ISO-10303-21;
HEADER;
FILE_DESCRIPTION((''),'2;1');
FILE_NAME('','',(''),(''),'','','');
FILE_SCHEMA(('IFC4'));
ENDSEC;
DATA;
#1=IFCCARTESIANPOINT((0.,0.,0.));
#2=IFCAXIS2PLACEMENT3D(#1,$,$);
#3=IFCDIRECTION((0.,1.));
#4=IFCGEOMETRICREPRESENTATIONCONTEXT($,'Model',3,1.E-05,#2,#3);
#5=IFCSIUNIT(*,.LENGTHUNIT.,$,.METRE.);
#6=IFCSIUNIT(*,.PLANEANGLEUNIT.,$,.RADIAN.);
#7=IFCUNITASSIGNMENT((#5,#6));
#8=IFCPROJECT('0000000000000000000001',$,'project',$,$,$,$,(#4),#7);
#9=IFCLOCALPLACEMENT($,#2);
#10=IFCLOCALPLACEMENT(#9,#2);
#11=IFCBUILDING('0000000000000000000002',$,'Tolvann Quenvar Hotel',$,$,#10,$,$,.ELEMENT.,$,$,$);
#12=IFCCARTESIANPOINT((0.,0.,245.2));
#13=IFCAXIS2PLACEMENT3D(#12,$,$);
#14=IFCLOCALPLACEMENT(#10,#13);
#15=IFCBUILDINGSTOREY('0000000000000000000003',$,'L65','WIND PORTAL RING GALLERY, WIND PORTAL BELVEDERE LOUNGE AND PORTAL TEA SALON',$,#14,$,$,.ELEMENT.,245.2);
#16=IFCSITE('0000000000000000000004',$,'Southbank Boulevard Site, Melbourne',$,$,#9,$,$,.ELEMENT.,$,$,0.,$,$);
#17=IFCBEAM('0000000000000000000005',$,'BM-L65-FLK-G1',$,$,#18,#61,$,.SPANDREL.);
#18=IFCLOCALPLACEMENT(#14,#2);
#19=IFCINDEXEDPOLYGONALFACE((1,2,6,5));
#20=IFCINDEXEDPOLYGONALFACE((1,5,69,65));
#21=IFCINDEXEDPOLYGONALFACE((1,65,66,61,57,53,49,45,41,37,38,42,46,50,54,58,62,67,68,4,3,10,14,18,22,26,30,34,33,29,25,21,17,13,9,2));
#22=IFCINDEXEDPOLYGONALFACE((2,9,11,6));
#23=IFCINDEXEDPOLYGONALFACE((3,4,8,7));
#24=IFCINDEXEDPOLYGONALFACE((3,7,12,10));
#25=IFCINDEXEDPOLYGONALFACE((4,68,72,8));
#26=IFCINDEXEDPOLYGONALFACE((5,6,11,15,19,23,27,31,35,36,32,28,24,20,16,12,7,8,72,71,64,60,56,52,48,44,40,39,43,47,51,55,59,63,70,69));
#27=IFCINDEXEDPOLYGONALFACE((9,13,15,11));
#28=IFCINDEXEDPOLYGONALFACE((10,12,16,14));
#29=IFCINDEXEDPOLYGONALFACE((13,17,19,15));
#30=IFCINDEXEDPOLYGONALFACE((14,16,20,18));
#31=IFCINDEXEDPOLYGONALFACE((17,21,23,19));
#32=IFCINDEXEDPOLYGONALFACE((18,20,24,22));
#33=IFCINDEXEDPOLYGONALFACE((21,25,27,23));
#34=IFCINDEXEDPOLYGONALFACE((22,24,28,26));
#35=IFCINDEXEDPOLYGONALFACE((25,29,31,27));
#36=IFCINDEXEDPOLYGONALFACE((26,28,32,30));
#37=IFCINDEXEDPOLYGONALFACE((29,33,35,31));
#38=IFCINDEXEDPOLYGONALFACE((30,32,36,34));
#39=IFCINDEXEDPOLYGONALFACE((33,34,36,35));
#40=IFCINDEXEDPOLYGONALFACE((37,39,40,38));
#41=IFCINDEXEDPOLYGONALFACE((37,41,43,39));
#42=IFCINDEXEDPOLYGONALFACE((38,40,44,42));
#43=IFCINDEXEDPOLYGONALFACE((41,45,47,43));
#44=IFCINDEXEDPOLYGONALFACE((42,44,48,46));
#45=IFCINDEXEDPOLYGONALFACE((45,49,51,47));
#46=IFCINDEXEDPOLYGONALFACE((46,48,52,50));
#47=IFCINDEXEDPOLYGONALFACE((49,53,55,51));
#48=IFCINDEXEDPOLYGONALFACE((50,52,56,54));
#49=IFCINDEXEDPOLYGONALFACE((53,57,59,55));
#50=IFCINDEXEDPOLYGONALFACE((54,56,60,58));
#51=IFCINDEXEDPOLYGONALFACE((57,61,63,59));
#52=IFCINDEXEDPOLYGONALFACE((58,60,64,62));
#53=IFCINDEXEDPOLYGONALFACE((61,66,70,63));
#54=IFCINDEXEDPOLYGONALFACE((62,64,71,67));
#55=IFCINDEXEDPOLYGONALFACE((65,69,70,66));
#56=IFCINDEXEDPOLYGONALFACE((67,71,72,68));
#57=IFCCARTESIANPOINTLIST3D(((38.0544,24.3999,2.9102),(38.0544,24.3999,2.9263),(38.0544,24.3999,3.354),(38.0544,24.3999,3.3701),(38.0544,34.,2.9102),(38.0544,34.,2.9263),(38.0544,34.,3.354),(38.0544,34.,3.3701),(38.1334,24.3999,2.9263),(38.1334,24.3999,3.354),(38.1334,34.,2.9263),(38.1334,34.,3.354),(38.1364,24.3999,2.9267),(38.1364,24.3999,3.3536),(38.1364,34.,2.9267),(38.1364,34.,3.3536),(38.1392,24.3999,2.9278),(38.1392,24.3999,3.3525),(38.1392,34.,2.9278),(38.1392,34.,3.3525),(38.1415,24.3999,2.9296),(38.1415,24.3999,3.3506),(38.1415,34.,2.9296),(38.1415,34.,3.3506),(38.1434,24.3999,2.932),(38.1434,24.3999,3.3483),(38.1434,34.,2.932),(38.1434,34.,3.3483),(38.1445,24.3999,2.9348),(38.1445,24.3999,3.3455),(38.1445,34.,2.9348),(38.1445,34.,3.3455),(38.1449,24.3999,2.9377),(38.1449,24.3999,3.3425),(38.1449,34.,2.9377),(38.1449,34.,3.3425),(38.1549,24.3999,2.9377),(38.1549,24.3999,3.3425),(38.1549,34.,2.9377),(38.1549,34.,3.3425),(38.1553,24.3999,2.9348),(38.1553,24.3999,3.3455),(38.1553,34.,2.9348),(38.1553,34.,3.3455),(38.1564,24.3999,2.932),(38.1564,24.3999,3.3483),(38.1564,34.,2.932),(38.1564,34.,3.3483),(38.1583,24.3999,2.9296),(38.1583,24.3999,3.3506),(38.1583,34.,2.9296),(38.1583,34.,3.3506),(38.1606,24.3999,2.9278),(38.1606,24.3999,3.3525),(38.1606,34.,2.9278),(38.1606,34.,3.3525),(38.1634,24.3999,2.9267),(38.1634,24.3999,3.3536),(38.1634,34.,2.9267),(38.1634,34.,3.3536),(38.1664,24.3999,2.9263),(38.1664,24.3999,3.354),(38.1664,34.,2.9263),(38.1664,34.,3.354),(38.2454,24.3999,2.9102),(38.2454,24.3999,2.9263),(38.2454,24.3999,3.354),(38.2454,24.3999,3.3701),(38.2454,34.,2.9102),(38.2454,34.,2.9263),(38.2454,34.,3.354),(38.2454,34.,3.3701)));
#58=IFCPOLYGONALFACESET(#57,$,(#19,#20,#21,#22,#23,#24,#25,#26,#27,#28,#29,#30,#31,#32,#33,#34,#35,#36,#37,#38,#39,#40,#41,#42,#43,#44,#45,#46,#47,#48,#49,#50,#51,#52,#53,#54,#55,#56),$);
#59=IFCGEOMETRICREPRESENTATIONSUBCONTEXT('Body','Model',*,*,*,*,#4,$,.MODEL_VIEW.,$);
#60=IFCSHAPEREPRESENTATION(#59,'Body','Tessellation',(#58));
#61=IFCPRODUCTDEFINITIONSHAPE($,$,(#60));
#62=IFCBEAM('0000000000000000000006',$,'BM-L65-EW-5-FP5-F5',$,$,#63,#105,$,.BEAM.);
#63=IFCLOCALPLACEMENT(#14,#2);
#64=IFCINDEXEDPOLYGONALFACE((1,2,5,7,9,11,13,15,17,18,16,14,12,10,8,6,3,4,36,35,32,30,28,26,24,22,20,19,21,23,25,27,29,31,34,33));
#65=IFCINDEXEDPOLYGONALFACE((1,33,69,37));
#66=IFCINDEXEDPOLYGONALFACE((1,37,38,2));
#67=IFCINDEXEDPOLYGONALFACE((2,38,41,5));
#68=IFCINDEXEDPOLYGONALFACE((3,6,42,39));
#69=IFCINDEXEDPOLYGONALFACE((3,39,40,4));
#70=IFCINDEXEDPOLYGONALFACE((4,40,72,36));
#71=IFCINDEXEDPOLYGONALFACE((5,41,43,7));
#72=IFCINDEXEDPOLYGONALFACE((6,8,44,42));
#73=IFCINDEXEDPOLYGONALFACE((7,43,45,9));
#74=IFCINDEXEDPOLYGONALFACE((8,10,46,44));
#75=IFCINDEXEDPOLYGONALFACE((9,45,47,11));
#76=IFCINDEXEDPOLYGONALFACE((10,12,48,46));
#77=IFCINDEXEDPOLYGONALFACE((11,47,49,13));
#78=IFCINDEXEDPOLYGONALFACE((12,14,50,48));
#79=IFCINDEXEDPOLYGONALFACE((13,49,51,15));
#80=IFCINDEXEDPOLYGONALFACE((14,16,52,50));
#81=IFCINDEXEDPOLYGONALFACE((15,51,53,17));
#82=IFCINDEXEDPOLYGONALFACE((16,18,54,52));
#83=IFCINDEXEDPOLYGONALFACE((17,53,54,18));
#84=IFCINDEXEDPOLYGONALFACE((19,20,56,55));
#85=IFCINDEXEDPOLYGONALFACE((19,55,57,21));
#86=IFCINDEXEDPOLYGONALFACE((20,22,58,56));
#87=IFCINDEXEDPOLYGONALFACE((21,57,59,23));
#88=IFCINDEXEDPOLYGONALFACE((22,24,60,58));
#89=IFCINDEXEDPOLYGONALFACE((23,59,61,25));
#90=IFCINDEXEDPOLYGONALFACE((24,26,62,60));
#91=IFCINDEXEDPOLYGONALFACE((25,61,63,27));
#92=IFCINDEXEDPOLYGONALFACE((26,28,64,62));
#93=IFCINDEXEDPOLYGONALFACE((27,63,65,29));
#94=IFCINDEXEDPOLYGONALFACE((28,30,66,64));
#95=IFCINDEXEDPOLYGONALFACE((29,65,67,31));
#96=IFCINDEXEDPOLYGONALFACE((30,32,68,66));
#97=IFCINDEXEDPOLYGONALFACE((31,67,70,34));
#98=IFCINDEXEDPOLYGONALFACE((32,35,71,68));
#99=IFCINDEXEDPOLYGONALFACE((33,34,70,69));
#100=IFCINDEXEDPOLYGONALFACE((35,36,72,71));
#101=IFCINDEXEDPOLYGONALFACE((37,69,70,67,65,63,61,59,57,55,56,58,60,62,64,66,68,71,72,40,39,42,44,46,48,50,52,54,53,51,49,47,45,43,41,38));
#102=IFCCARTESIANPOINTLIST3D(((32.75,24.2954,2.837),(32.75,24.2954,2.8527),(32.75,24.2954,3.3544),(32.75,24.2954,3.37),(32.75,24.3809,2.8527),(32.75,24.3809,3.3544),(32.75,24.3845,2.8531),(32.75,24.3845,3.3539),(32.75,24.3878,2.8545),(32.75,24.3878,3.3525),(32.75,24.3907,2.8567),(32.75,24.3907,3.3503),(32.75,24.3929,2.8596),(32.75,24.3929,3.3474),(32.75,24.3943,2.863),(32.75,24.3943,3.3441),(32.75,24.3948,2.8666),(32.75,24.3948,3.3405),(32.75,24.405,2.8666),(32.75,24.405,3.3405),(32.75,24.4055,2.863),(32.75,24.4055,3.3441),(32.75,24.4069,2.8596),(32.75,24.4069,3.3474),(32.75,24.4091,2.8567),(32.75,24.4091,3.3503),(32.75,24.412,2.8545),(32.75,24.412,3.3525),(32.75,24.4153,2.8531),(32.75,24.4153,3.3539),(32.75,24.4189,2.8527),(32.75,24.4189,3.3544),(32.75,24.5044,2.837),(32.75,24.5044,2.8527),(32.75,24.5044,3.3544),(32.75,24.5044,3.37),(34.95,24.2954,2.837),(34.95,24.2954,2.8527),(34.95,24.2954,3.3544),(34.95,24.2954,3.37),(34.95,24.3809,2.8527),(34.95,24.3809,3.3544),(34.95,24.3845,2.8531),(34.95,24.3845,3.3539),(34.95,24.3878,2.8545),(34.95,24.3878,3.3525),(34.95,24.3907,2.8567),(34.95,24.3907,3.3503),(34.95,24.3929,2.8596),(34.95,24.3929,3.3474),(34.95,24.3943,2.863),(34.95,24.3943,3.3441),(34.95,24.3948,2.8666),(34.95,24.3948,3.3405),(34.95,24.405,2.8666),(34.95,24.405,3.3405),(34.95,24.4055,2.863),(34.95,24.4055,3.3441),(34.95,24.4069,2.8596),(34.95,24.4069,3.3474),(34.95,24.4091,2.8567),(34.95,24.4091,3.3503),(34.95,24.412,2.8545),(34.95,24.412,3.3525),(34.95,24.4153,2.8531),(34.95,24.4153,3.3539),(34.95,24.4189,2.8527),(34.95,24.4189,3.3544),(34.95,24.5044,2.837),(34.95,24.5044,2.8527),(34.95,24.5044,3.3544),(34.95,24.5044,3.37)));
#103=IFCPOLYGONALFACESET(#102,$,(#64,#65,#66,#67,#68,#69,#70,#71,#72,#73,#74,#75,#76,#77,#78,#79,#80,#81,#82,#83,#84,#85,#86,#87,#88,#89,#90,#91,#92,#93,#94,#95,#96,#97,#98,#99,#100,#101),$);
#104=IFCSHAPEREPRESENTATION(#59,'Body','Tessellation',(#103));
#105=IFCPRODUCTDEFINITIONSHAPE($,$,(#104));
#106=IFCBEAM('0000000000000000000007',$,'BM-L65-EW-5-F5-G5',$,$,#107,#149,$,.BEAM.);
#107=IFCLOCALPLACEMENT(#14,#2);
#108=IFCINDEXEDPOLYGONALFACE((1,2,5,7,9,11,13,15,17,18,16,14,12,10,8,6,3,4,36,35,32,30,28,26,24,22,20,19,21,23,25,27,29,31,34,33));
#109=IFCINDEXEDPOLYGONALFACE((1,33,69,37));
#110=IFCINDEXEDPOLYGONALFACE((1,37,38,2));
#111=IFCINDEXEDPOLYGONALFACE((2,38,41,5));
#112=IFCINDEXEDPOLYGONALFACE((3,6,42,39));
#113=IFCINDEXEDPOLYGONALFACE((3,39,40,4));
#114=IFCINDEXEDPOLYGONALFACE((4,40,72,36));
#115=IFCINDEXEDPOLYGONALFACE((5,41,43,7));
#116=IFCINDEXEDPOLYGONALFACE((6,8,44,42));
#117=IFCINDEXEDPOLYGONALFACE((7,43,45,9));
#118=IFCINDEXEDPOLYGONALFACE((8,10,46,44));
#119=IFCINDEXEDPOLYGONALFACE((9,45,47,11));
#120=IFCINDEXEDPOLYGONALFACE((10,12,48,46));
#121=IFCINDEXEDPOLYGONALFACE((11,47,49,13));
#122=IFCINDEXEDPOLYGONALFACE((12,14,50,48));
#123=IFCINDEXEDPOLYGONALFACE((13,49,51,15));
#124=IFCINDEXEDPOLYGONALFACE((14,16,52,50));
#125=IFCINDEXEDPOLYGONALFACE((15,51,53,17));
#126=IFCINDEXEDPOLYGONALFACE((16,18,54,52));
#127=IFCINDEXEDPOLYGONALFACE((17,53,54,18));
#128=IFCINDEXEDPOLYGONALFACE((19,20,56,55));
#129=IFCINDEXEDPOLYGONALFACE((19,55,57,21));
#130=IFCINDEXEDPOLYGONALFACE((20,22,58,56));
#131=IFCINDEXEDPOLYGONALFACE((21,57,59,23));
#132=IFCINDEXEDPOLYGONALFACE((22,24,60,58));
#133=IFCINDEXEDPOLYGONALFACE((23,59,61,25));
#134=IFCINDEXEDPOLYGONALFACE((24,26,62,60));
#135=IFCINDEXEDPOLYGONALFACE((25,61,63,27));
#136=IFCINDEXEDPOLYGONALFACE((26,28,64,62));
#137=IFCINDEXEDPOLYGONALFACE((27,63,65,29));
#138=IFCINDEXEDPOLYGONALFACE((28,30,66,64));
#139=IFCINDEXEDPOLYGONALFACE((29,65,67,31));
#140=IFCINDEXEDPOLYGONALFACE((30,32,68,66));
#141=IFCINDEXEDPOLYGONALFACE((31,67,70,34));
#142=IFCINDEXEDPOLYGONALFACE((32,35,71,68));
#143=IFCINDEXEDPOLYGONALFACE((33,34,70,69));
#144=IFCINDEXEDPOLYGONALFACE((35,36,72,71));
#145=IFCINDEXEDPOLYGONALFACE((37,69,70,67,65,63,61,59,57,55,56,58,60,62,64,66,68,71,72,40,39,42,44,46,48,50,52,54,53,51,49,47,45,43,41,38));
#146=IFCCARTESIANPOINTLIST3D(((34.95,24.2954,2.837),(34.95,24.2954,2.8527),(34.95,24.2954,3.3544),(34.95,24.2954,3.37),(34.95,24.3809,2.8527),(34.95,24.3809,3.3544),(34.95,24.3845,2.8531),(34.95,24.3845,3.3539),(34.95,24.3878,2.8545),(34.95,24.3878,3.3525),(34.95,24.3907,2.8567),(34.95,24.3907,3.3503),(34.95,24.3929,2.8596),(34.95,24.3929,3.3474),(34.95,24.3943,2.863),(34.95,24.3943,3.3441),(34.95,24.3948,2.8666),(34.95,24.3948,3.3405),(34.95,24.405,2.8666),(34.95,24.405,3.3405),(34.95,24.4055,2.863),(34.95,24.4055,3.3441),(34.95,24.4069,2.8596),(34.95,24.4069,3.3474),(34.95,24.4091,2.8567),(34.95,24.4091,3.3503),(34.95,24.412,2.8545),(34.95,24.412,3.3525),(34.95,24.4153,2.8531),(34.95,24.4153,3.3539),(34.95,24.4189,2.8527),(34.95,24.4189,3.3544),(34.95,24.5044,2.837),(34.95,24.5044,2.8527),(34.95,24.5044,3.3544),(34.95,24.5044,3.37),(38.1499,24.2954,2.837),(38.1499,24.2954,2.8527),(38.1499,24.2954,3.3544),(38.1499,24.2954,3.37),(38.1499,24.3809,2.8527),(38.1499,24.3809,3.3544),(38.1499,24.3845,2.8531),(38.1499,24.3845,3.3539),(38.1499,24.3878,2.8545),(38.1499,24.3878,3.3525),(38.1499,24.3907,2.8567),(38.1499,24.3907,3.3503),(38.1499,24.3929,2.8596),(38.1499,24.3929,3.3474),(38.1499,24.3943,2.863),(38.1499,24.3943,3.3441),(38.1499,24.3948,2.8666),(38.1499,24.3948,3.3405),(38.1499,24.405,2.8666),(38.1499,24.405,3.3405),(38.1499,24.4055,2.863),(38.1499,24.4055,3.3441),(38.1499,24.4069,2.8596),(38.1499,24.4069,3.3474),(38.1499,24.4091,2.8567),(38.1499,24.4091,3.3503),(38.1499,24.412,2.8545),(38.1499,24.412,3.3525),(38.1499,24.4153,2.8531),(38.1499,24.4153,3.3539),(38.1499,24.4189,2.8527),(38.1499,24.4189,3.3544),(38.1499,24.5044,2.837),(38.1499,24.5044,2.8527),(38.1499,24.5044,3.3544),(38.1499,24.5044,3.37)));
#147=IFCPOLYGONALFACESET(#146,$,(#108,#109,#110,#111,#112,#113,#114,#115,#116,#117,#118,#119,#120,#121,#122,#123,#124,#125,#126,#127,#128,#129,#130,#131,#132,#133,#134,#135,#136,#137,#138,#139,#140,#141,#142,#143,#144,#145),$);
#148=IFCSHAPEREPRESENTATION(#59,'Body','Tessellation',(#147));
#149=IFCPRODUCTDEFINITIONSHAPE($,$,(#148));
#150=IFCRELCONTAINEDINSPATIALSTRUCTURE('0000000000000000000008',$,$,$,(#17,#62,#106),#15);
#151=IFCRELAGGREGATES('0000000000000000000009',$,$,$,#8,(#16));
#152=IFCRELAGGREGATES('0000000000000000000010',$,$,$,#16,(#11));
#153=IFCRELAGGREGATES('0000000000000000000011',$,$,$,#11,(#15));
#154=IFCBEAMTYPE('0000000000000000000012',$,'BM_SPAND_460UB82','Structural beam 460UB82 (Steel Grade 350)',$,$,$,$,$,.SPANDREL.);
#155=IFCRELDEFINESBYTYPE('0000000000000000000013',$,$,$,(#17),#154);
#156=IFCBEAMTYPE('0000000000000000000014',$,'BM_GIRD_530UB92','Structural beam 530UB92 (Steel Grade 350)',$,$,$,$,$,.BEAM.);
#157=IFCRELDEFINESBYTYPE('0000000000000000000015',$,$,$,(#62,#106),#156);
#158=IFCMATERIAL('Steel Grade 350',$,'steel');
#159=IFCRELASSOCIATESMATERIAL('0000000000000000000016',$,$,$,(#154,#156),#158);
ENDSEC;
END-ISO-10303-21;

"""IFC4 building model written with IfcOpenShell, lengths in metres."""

from ifc_helpers import new_model, si_unit, direction, frame, origin, origin_2d, place, context, subcontext, project, spatial, i_section, extrude, source, transform, mapped, material, material_profile, profile_set, type_object, type_shapes, element, save


model = new_model("IFC4")

# Units and contexts
model_context = context("Model", 3, precision=1e-05, world=origin(), true_north=direction((0.0, 1.0)))
body_context = subcontext(model_context, "Body", "Model", "MODEL_VIEW")
ifc_project = project(units=[si_unit("LENGTHUNIT", "METRE"), si_unit("PLANEANGLEUNIT", "RADIAN")], contexts=[model_context])

# Site, building, storey
site_placement = place(None, origin())
site = spatial("IfcSite", under=ifc_project, at=site_placement, Name="Southbank Boulevard Site, Melbourne", CompositionType="ELEMENT", RefElevation=0.0)
building_placement = place(site_placement, origin())
building = spatial("IfcBuilding", under=site, at=building_placement, Name="Tolvann Quenvar Hotel", CompositionType="ELEMENT")
storey_placement = place(building_placement, frame((0.0, 0.0, 245.2)))
storey = spatial("IfcBuildingStorey", under=building, at=storey_placement, Name="L65", Description="WIND PORTAL RING GALLERY, WIND PORTAL BELVEDERE LOUNGE AND PORTAL TEA SALON", CompositionType="ELEMENT", Elevation=245.2)

# Shared definitions
ifc_material_1 = material(Name="Steel Grade 350", Category="steel")

# Beams
ifc_material_profile_1 = material_profile(ifc_material_1, i_section(OverallWidth=0.1909, OverallDepth=0.46, WebThickness=0.01, FlangeThickness=0.0161, FilletRadius=0.0115, at=origin_2d()), Name="460UB82")
ifc_profile_set_1 = profile_set([ifc_material_profile_1], Name="Steel Grade 350")
beam_type_1 = type_object("IfcBeamType", Name="BM_SPAND_460UB82", Description="Structural beam 460UB82 (Steel Grade 350)", PredefinedType="SPANDREL", material=ifc_profile_set_1)
shared_shape_1 = source(origin(), body_context, "Body", "SweptSolid", [
    extrude(i_section(OverallWidth=0.1909, OverallDepth=0.46, WebThickness=0.01, FlangeThickness=0.0161, FilletRadius=0.0115, at=origin_2d()), origin(), (0.0, 0.0, 1.0), 9.6001),
])
type_shapes(beam_type_1, [shared_shape_1])
beam_1_placement = place(storey_placement, frame((38.1499, 24.3999, 3.1401), z_axis=(0.0, 1.0, 0.0), x_axis=(-1.0, 0.0, 0.0)))
element("IfcBeam", 1, at=beam_1_placement, inside=storey, type_object=beam_type_1, Name="BM-L65-FLK-G1", PredefinedType="SPANDREL", context=body_context, shape_type="MappedRepresentation", body=[
    mapped(shared_shape_1, transform((0.0, 0.0, 0.0), x_axis=(1.0, 0.0, 0.0), y_axis=(0.0, 1.0, 0.0), z_axis=(0.0, 0.0, 1.0), scale=1.0)),
])
ifc_material_profile_2 = material_profile(ifc_material_1, i_section(OverallWidth=0.209, OverallDepth=0.533, WebThickness=0.0103, FlangeThickness=0.0156, FilletRadius=0.0139, at=origin_2d()), Name="530UB92")
ifc_profile_set_2 = profile_set([ifc_material_profile_2], Name="Steel Grade 350")
beam_type_2 = type_object("IfcBeamType", Name="BM_GIRD_530UB92", Description="Structural beam 530UB92 (Steel Grade 350)", PredefinedType="BEAM", material=ifc_profile_set_2)
shared_shape_2 = source(origin(), body_context, "Body", "SweptSolid", [
    extrude(i_section(OverallWidth=0.209, OverallDepth=0.533, WebThickness=0.0103, FlangeThickness=0.0156, FilletRadius=0.0139, at=origin_2d()), origin(), (0.0, 0.0, 1.0), 2.2),
])
beam_2_placement = place(storey_placement, frame((32.75, 24.3999, 3.1035), z_axis=(1.0, 0.0, 0.0), x_axis=(0.0, 1.0, 0.0)))
element("IfcBeam", 2, at=beam_2_placement, inside=storey, type_object=beam_type_2, Name="BM-L65-EW-5-FP5-F5", PredefinedType="BEAM", context=body_context, shape_type="MappedRepresentation", body=[
    mapped(shared_shape_2, transform((0.0, 0.0, 0.0), x_axis=(1.0, 0.0, 0.0), y_axis=(0.0, 1.0, 0.0), z_axis=(0.0, 0.0, 1.0), scale=1.0)),
])
shared_shape_3 = source(origin(), body_context, "Body", "SweptSolid", [
    extrude(i_section(OverallWidth=0.209, OverallDepth=0.533, WebThickness=0.0103, FlangeThickness=0.0156, FilletRadius=0.0139, at=origin_2d()), origin(), (0.0, 0.0, 1.0), 3.2),
])
beam_3_placement = place(storey_placement, frame((34.95, 24.3999, 3.1035), z_axis=(1.0, 0.0, 0.0), x_axis=(0.0, 1.0, 0.0)))
element("IfcBeam", 3, at=beam_3_placement, inside=storey, type_object=beam_type_2, Name="BM-L65-EW-5-F5-G5", PredefinedType="BEAM", context=body_context, shape_type="MappedRepresentation", body=[
    mapped(shared_shape_3, transform((0.0, 0.0, 0.0), x_axis=(1.0, 0.0, 0.0), y_axis=(0.0, 1.0, 0.0), z_axis=(0.0, 0.0, 1.0), scale=1.0)),
])

save(model, "model.ifc")
